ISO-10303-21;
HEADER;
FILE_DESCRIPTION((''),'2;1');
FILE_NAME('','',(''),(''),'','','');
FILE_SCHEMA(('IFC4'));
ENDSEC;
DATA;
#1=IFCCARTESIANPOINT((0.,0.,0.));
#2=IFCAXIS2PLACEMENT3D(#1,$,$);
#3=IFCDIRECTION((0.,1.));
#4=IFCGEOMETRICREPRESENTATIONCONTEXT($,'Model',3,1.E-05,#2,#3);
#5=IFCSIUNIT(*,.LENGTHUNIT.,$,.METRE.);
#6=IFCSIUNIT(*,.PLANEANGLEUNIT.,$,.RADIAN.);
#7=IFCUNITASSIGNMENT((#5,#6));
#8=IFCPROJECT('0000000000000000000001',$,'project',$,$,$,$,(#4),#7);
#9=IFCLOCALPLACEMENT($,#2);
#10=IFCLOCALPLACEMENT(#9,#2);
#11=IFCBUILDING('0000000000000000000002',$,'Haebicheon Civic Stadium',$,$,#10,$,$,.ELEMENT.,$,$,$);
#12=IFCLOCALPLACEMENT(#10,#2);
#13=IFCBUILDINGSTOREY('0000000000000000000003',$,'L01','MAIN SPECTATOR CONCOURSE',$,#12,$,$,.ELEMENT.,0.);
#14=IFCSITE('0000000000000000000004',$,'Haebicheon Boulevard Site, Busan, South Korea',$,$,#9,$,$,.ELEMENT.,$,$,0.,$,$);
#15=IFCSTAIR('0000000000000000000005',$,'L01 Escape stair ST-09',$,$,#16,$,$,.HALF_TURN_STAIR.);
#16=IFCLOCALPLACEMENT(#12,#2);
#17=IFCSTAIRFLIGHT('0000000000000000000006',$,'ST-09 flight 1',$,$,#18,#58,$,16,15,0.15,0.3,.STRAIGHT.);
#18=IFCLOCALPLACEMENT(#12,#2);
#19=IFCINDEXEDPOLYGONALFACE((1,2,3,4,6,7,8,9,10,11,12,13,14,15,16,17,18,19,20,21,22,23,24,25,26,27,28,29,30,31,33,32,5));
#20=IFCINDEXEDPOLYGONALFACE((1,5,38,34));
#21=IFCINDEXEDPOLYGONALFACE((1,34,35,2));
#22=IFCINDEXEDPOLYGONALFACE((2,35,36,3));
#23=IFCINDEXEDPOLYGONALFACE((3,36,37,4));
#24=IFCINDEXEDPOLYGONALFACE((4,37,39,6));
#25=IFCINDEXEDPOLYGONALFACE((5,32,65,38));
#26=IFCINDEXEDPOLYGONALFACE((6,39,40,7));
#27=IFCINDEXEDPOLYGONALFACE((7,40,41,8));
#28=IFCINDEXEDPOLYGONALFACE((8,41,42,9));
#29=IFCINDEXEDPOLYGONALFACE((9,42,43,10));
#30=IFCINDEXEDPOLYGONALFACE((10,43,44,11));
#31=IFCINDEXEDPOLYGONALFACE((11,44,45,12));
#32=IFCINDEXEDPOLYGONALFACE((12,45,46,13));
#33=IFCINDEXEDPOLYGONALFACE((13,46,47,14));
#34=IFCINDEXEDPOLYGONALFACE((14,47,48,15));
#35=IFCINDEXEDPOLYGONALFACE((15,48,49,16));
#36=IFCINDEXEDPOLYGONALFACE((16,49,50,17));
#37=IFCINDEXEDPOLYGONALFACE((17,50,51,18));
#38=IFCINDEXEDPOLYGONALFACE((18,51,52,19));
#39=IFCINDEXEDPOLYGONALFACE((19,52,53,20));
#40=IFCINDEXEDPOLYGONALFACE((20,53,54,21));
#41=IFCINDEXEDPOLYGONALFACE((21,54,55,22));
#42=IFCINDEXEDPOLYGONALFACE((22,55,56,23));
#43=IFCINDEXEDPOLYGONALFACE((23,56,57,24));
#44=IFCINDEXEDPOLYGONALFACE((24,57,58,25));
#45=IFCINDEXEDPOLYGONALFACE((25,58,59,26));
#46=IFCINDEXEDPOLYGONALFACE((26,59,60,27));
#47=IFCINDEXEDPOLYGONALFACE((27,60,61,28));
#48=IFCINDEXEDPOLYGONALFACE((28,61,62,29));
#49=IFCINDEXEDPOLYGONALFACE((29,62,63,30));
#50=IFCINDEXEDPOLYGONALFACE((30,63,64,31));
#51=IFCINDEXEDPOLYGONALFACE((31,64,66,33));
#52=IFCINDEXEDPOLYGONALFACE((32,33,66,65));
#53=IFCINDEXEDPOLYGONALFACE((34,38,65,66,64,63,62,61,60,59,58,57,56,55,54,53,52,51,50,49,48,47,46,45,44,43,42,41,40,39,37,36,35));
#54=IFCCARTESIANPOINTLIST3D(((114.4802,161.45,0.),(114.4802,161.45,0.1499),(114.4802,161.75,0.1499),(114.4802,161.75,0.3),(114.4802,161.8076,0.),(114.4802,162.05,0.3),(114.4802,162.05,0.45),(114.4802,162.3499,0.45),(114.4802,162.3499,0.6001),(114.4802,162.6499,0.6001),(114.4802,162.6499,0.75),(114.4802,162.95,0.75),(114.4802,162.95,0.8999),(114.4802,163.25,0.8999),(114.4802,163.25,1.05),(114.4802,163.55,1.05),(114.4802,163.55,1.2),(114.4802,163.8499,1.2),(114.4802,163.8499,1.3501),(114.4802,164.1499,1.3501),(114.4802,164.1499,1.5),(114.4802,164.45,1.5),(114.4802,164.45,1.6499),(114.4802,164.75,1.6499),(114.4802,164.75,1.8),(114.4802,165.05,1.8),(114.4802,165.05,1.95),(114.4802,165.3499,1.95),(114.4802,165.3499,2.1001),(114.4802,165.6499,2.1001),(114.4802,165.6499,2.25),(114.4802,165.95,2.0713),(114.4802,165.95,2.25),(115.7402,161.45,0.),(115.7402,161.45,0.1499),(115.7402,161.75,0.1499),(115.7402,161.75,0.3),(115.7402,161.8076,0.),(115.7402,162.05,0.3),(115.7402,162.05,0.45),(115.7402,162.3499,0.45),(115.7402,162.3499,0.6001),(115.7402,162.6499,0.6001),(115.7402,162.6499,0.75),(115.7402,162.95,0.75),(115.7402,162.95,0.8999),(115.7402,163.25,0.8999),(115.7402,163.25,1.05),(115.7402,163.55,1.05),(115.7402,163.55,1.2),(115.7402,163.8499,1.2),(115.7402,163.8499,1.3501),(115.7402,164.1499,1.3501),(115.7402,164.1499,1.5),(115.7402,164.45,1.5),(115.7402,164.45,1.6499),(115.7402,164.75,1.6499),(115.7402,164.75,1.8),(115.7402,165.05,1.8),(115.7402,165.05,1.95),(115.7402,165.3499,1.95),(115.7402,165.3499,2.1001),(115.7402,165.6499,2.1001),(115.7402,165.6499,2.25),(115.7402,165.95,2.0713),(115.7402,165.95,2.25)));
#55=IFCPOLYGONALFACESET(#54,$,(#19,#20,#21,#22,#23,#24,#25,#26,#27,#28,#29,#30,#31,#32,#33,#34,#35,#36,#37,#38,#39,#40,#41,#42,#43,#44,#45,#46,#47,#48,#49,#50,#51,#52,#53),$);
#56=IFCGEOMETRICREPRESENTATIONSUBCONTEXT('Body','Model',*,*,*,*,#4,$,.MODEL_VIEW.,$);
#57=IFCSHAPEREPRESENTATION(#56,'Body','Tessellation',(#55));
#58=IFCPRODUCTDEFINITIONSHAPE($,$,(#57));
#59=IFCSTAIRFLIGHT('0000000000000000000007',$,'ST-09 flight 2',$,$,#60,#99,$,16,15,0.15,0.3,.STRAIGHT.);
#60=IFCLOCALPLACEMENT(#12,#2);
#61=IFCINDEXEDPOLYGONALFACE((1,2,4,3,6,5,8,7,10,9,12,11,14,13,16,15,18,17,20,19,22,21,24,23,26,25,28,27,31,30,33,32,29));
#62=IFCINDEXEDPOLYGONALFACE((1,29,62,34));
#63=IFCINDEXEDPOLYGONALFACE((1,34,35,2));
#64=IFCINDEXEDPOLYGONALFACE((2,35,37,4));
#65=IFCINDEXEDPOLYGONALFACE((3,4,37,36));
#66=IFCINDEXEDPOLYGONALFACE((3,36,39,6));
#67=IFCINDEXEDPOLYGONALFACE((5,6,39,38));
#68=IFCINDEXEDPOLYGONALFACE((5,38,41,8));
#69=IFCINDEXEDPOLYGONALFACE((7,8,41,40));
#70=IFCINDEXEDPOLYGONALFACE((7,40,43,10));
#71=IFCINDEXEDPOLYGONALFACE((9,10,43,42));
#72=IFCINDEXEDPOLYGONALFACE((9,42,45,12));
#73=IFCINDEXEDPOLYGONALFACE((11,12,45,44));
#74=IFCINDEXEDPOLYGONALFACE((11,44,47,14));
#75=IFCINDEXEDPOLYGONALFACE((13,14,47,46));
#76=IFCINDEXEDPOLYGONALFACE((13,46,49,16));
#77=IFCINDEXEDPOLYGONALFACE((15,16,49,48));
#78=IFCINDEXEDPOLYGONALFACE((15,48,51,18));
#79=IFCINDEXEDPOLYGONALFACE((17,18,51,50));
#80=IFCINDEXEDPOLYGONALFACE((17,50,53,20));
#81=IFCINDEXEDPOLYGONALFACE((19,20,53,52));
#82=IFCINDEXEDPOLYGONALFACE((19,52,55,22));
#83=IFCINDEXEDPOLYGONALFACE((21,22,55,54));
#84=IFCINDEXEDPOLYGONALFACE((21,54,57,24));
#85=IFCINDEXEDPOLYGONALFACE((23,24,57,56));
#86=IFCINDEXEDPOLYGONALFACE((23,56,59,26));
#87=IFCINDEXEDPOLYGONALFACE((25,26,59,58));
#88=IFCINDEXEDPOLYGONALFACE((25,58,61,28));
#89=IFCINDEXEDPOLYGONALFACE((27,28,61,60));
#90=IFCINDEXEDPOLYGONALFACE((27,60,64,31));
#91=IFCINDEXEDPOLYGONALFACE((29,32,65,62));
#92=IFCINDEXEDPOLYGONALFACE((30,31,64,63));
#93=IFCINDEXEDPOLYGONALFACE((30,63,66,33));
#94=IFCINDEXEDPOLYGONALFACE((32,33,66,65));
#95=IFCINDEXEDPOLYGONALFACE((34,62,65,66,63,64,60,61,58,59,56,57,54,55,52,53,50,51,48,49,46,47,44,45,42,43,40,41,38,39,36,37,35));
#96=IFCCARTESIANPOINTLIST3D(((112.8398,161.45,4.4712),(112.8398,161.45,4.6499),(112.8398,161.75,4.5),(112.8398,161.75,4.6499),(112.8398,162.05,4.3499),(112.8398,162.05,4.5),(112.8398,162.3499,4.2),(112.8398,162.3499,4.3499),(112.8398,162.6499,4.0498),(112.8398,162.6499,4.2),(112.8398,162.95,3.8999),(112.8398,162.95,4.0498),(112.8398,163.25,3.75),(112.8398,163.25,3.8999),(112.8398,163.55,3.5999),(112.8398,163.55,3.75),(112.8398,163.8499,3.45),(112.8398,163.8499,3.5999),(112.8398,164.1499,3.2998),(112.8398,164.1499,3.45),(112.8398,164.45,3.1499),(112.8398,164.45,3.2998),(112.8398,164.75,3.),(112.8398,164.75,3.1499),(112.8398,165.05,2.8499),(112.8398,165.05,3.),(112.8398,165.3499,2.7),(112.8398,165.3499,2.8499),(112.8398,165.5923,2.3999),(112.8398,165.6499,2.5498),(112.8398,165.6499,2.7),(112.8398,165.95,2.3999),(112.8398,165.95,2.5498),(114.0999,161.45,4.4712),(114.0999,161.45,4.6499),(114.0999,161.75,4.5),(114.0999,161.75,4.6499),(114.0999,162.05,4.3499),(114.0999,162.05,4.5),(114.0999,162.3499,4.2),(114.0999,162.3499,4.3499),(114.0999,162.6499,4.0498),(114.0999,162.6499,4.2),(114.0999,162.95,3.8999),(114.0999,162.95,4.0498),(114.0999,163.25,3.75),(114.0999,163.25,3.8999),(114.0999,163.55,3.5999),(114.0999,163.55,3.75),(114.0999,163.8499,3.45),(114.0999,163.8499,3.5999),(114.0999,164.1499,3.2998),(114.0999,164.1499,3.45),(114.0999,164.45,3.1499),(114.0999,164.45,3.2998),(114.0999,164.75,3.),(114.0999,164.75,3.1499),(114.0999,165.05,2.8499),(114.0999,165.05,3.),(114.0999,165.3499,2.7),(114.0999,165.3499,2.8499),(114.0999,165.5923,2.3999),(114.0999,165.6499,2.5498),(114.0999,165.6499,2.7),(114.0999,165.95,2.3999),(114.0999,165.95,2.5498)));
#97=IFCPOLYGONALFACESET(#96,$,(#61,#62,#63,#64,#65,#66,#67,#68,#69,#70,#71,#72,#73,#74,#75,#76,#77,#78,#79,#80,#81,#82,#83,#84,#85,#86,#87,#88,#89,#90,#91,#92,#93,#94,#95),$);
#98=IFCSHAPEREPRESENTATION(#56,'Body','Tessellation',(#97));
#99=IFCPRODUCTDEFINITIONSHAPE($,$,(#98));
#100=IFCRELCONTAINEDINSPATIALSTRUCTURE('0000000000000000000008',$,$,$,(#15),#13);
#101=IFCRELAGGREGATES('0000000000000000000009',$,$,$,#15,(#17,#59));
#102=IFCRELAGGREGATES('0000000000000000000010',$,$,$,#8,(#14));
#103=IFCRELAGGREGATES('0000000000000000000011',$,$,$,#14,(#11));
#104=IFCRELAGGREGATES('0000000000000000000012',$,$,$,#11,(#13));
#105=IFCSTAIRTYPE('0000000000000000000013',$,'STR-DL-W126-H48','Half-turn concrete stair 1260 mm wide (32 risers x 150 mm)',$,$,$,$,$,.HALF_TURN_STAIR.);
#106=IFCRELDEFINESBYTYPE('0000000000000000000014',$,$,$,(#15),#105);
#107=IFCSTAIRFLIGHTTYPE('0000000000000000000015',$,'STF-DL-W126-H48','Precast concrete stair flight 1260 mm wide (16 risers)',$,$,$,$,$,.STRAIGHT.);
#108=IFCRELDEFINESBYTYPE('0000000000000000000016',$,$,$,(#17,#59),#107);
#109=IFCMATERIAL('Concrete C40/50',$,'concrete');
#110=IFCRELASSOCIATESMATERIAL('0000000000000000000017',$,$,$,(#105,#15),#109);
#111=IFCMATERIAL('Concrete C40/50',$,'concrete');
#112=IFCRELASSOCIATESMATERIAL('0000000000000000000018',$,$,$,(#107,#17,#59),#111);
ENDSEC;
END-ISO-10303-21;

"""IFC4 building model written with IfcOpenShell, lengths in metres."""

from ifc_helpers import new_model, si_unit, direction, frame, origin, place, context, subcontext, project, spatial, polyline, outline, extrude, material, type_object, element, aggregate, save


model = new_model("IFC4")

# Units and contexts
model_context = context("Model", 3, precision=1e-05, world=origin(), true_north=direction((0.0, 1.0)))
body_context = subcontext(model_context, "Body", "Model", "MODEL_VIEW")
ifc_project = project(units=[si_unit("LENGTHUNIT", "METRE"), si_unit("PLANEANGLEUNIT", "RADIAN")], contexts=[model_context])

# Site, building, storey
site_placement = place(None, origin())
site = spatial("IfcSite", under=ifc_project, at=site_placement, Name="Haebicheon Boulevard Site, Busan, South Korea", CompositionType="ELEMENT", RefElevation=0.0)
building_placement = place(site_placement, origin())
building = spatial("IfcBuilding", under=site, at=building_placement, Name="Haebicheon Civic Stadium", CompositionType="ELEMENT")
storey_placement = place(building_placement, origin())
storey = spatial("IfcBuildingStorey", under=building, at=storey_placement, Name="L01", Description="MAIN SPECTATOR CONCOURSE", CompositionType="ELEMENT", Elevation=0.0)

# Stair, stair flights
ifc_material_1 = material(Name="Concrete C40/50", Category="concrete")
stair_type = type_object("IfcStairType", Name="STR-DL-W126-H48", Description="Half-turn concrete stair 1260 mm wide (32 risers x 150 mm)", PredefinedType="HALF_TURN_STAIR", material=ifc_material_1)
stair_placement = place(storey_placement, origin())
stair = element("IfcStair", 1, at=stair_placement, inside=storey, type_object=stair_type, material=ifc_material_1, Name="L01 Escape stair ST-09", PredefinedType="HALF_TURN_STAIR")
ifc_material_2 = material(Name="Concrete C40/50", Category="concrete")
stair_flight_type = type_object("IfcStairFlightType", Name="STF-DL-W126-H48", Description="Precast concrete stair flight 1260 mm wide (16 risers)", PredefinedType="STRAIGHT", material=ifc_material_2)
stair_flight_1_placement = place(storey_placement, frame((115.1101, 161.45, 0.0), z_axis=(0.0, 0.0, 1.0), x_axis=(0.0, 1.0, 0.0)))
stair_flight_1 = element("IfcStairFlight", 2, at=stair_flight_1_placement, type_object=stair_flight_type, material=ifc_material_2, Name="ST-09 flight 1", NumberOfRisers=16, NumberOfTreads=15, PredefinedType="STRAIGHT", RiserHeight=0.15, TreadLength=0.3, context=body_context, shape_type="SweptSolid", body=[
    extrude(outline(polyline([(0.0, 0.0), (0.0, 0.1499), (0.3, 0.1499), (0.3, 0.3), (0.6001, 0.3), (0.6001, 0.45), (0.8999, 0.45), (0.8999, 0.6001), (1.2, 0.6001), (1.2, 0.75), (1.5, 0.75), (1.5, 0.8999), (1.8, 0.8999), (1.8, 1.05), (2.1001, 1.05), (2.1001, 1.2), (2.3999, 1.2), (2.3999, 1.3501), (2.7, 1.3501), (2.7, 1.5), (3.0, 1.5), (3.0, 1.6499), (3.3, 1.6499), (3.3, 1.8), (3.6001, 1.8), (3.6001, 1.95), (3.8999, 1.95), (3.8999, 2.1001), (4.2, 2.1001), (4.2, 2.25), (4.5, 2.25), (4.5, 2.3999), (4.5, 2.0713), (0.3577, 0.0), (0.0, 0.0)])), frame((0.0, 0.6299, 0.0), z_axis=(0.0, -1.0, 0.0), x_axis=(1.0, 0.0, 0.0)), (0.0, 0.0, 1.0), 1.26),
])
stair_flight_2_placement = place(storey_placement, frame((113.47, 165.95, 2.3999), z_axis=(0.0, 0.0, 1.0), x_axis=(0.0, -1.0, 0.0)))
stair_flight_2 = element("IfcStairFlight", 3, at=stair_flight_2_placement, type_object=stair_flight_type, material=ifc_material_2, Name="ST-09 flight 2", NumberOfRisers=16, NumberOfTreads=15, PredefinedType="STRAIGHT", RiserHeight=0.15, TreadLength=0.3, context=body_context, shape_type="SweptSolid", body=[
    extrude(outline(polyline([(0.0, 0.0), (0.0, 0.1499), (0.3, 0.1499), (0.3, 0.3), (0.6001, 0.3), (0.6001, 0.45), (0.8999, 0.45), (0.8999, 0.6001), (1.2, 0.6001), (1.2, 0.75), (1.5, 0.75), (1.5, 0.8999), (1.8, 0.8999), (1.8, 1.05), (2.1001, 1.05), (2.1001, 1.2), (2.3999, 1.2), (2.3999, 1.3501), (2.7, 1.3501), (2.7, 1.5), (3.0, 1.5), (3.0, 1.6499), (3.3, 1.6499), (3.3, 1.8), (3.6001, 1.8), (3.6001, 1.95), (3.8999, 1.95), (3.8999, 2.1001), (4.2, 2.1001), (4.2, 2.25), (4.5, 2.25), (4.5, 2.3999), (4.5, 2.0713), (0.3577, 0.0), (0.0, 0.0)])), frame((0.0, 0.6299, 0.0), z_axis=(0.0, -1.0, 0.0), x_axis=(1.0, 0.0, 0.0)), (0.0, 0.0, 1.0), 1.26),
])
aggregate(stair, [stair_flight_1, stair_flight_2])

save(model, "model.ifc")
